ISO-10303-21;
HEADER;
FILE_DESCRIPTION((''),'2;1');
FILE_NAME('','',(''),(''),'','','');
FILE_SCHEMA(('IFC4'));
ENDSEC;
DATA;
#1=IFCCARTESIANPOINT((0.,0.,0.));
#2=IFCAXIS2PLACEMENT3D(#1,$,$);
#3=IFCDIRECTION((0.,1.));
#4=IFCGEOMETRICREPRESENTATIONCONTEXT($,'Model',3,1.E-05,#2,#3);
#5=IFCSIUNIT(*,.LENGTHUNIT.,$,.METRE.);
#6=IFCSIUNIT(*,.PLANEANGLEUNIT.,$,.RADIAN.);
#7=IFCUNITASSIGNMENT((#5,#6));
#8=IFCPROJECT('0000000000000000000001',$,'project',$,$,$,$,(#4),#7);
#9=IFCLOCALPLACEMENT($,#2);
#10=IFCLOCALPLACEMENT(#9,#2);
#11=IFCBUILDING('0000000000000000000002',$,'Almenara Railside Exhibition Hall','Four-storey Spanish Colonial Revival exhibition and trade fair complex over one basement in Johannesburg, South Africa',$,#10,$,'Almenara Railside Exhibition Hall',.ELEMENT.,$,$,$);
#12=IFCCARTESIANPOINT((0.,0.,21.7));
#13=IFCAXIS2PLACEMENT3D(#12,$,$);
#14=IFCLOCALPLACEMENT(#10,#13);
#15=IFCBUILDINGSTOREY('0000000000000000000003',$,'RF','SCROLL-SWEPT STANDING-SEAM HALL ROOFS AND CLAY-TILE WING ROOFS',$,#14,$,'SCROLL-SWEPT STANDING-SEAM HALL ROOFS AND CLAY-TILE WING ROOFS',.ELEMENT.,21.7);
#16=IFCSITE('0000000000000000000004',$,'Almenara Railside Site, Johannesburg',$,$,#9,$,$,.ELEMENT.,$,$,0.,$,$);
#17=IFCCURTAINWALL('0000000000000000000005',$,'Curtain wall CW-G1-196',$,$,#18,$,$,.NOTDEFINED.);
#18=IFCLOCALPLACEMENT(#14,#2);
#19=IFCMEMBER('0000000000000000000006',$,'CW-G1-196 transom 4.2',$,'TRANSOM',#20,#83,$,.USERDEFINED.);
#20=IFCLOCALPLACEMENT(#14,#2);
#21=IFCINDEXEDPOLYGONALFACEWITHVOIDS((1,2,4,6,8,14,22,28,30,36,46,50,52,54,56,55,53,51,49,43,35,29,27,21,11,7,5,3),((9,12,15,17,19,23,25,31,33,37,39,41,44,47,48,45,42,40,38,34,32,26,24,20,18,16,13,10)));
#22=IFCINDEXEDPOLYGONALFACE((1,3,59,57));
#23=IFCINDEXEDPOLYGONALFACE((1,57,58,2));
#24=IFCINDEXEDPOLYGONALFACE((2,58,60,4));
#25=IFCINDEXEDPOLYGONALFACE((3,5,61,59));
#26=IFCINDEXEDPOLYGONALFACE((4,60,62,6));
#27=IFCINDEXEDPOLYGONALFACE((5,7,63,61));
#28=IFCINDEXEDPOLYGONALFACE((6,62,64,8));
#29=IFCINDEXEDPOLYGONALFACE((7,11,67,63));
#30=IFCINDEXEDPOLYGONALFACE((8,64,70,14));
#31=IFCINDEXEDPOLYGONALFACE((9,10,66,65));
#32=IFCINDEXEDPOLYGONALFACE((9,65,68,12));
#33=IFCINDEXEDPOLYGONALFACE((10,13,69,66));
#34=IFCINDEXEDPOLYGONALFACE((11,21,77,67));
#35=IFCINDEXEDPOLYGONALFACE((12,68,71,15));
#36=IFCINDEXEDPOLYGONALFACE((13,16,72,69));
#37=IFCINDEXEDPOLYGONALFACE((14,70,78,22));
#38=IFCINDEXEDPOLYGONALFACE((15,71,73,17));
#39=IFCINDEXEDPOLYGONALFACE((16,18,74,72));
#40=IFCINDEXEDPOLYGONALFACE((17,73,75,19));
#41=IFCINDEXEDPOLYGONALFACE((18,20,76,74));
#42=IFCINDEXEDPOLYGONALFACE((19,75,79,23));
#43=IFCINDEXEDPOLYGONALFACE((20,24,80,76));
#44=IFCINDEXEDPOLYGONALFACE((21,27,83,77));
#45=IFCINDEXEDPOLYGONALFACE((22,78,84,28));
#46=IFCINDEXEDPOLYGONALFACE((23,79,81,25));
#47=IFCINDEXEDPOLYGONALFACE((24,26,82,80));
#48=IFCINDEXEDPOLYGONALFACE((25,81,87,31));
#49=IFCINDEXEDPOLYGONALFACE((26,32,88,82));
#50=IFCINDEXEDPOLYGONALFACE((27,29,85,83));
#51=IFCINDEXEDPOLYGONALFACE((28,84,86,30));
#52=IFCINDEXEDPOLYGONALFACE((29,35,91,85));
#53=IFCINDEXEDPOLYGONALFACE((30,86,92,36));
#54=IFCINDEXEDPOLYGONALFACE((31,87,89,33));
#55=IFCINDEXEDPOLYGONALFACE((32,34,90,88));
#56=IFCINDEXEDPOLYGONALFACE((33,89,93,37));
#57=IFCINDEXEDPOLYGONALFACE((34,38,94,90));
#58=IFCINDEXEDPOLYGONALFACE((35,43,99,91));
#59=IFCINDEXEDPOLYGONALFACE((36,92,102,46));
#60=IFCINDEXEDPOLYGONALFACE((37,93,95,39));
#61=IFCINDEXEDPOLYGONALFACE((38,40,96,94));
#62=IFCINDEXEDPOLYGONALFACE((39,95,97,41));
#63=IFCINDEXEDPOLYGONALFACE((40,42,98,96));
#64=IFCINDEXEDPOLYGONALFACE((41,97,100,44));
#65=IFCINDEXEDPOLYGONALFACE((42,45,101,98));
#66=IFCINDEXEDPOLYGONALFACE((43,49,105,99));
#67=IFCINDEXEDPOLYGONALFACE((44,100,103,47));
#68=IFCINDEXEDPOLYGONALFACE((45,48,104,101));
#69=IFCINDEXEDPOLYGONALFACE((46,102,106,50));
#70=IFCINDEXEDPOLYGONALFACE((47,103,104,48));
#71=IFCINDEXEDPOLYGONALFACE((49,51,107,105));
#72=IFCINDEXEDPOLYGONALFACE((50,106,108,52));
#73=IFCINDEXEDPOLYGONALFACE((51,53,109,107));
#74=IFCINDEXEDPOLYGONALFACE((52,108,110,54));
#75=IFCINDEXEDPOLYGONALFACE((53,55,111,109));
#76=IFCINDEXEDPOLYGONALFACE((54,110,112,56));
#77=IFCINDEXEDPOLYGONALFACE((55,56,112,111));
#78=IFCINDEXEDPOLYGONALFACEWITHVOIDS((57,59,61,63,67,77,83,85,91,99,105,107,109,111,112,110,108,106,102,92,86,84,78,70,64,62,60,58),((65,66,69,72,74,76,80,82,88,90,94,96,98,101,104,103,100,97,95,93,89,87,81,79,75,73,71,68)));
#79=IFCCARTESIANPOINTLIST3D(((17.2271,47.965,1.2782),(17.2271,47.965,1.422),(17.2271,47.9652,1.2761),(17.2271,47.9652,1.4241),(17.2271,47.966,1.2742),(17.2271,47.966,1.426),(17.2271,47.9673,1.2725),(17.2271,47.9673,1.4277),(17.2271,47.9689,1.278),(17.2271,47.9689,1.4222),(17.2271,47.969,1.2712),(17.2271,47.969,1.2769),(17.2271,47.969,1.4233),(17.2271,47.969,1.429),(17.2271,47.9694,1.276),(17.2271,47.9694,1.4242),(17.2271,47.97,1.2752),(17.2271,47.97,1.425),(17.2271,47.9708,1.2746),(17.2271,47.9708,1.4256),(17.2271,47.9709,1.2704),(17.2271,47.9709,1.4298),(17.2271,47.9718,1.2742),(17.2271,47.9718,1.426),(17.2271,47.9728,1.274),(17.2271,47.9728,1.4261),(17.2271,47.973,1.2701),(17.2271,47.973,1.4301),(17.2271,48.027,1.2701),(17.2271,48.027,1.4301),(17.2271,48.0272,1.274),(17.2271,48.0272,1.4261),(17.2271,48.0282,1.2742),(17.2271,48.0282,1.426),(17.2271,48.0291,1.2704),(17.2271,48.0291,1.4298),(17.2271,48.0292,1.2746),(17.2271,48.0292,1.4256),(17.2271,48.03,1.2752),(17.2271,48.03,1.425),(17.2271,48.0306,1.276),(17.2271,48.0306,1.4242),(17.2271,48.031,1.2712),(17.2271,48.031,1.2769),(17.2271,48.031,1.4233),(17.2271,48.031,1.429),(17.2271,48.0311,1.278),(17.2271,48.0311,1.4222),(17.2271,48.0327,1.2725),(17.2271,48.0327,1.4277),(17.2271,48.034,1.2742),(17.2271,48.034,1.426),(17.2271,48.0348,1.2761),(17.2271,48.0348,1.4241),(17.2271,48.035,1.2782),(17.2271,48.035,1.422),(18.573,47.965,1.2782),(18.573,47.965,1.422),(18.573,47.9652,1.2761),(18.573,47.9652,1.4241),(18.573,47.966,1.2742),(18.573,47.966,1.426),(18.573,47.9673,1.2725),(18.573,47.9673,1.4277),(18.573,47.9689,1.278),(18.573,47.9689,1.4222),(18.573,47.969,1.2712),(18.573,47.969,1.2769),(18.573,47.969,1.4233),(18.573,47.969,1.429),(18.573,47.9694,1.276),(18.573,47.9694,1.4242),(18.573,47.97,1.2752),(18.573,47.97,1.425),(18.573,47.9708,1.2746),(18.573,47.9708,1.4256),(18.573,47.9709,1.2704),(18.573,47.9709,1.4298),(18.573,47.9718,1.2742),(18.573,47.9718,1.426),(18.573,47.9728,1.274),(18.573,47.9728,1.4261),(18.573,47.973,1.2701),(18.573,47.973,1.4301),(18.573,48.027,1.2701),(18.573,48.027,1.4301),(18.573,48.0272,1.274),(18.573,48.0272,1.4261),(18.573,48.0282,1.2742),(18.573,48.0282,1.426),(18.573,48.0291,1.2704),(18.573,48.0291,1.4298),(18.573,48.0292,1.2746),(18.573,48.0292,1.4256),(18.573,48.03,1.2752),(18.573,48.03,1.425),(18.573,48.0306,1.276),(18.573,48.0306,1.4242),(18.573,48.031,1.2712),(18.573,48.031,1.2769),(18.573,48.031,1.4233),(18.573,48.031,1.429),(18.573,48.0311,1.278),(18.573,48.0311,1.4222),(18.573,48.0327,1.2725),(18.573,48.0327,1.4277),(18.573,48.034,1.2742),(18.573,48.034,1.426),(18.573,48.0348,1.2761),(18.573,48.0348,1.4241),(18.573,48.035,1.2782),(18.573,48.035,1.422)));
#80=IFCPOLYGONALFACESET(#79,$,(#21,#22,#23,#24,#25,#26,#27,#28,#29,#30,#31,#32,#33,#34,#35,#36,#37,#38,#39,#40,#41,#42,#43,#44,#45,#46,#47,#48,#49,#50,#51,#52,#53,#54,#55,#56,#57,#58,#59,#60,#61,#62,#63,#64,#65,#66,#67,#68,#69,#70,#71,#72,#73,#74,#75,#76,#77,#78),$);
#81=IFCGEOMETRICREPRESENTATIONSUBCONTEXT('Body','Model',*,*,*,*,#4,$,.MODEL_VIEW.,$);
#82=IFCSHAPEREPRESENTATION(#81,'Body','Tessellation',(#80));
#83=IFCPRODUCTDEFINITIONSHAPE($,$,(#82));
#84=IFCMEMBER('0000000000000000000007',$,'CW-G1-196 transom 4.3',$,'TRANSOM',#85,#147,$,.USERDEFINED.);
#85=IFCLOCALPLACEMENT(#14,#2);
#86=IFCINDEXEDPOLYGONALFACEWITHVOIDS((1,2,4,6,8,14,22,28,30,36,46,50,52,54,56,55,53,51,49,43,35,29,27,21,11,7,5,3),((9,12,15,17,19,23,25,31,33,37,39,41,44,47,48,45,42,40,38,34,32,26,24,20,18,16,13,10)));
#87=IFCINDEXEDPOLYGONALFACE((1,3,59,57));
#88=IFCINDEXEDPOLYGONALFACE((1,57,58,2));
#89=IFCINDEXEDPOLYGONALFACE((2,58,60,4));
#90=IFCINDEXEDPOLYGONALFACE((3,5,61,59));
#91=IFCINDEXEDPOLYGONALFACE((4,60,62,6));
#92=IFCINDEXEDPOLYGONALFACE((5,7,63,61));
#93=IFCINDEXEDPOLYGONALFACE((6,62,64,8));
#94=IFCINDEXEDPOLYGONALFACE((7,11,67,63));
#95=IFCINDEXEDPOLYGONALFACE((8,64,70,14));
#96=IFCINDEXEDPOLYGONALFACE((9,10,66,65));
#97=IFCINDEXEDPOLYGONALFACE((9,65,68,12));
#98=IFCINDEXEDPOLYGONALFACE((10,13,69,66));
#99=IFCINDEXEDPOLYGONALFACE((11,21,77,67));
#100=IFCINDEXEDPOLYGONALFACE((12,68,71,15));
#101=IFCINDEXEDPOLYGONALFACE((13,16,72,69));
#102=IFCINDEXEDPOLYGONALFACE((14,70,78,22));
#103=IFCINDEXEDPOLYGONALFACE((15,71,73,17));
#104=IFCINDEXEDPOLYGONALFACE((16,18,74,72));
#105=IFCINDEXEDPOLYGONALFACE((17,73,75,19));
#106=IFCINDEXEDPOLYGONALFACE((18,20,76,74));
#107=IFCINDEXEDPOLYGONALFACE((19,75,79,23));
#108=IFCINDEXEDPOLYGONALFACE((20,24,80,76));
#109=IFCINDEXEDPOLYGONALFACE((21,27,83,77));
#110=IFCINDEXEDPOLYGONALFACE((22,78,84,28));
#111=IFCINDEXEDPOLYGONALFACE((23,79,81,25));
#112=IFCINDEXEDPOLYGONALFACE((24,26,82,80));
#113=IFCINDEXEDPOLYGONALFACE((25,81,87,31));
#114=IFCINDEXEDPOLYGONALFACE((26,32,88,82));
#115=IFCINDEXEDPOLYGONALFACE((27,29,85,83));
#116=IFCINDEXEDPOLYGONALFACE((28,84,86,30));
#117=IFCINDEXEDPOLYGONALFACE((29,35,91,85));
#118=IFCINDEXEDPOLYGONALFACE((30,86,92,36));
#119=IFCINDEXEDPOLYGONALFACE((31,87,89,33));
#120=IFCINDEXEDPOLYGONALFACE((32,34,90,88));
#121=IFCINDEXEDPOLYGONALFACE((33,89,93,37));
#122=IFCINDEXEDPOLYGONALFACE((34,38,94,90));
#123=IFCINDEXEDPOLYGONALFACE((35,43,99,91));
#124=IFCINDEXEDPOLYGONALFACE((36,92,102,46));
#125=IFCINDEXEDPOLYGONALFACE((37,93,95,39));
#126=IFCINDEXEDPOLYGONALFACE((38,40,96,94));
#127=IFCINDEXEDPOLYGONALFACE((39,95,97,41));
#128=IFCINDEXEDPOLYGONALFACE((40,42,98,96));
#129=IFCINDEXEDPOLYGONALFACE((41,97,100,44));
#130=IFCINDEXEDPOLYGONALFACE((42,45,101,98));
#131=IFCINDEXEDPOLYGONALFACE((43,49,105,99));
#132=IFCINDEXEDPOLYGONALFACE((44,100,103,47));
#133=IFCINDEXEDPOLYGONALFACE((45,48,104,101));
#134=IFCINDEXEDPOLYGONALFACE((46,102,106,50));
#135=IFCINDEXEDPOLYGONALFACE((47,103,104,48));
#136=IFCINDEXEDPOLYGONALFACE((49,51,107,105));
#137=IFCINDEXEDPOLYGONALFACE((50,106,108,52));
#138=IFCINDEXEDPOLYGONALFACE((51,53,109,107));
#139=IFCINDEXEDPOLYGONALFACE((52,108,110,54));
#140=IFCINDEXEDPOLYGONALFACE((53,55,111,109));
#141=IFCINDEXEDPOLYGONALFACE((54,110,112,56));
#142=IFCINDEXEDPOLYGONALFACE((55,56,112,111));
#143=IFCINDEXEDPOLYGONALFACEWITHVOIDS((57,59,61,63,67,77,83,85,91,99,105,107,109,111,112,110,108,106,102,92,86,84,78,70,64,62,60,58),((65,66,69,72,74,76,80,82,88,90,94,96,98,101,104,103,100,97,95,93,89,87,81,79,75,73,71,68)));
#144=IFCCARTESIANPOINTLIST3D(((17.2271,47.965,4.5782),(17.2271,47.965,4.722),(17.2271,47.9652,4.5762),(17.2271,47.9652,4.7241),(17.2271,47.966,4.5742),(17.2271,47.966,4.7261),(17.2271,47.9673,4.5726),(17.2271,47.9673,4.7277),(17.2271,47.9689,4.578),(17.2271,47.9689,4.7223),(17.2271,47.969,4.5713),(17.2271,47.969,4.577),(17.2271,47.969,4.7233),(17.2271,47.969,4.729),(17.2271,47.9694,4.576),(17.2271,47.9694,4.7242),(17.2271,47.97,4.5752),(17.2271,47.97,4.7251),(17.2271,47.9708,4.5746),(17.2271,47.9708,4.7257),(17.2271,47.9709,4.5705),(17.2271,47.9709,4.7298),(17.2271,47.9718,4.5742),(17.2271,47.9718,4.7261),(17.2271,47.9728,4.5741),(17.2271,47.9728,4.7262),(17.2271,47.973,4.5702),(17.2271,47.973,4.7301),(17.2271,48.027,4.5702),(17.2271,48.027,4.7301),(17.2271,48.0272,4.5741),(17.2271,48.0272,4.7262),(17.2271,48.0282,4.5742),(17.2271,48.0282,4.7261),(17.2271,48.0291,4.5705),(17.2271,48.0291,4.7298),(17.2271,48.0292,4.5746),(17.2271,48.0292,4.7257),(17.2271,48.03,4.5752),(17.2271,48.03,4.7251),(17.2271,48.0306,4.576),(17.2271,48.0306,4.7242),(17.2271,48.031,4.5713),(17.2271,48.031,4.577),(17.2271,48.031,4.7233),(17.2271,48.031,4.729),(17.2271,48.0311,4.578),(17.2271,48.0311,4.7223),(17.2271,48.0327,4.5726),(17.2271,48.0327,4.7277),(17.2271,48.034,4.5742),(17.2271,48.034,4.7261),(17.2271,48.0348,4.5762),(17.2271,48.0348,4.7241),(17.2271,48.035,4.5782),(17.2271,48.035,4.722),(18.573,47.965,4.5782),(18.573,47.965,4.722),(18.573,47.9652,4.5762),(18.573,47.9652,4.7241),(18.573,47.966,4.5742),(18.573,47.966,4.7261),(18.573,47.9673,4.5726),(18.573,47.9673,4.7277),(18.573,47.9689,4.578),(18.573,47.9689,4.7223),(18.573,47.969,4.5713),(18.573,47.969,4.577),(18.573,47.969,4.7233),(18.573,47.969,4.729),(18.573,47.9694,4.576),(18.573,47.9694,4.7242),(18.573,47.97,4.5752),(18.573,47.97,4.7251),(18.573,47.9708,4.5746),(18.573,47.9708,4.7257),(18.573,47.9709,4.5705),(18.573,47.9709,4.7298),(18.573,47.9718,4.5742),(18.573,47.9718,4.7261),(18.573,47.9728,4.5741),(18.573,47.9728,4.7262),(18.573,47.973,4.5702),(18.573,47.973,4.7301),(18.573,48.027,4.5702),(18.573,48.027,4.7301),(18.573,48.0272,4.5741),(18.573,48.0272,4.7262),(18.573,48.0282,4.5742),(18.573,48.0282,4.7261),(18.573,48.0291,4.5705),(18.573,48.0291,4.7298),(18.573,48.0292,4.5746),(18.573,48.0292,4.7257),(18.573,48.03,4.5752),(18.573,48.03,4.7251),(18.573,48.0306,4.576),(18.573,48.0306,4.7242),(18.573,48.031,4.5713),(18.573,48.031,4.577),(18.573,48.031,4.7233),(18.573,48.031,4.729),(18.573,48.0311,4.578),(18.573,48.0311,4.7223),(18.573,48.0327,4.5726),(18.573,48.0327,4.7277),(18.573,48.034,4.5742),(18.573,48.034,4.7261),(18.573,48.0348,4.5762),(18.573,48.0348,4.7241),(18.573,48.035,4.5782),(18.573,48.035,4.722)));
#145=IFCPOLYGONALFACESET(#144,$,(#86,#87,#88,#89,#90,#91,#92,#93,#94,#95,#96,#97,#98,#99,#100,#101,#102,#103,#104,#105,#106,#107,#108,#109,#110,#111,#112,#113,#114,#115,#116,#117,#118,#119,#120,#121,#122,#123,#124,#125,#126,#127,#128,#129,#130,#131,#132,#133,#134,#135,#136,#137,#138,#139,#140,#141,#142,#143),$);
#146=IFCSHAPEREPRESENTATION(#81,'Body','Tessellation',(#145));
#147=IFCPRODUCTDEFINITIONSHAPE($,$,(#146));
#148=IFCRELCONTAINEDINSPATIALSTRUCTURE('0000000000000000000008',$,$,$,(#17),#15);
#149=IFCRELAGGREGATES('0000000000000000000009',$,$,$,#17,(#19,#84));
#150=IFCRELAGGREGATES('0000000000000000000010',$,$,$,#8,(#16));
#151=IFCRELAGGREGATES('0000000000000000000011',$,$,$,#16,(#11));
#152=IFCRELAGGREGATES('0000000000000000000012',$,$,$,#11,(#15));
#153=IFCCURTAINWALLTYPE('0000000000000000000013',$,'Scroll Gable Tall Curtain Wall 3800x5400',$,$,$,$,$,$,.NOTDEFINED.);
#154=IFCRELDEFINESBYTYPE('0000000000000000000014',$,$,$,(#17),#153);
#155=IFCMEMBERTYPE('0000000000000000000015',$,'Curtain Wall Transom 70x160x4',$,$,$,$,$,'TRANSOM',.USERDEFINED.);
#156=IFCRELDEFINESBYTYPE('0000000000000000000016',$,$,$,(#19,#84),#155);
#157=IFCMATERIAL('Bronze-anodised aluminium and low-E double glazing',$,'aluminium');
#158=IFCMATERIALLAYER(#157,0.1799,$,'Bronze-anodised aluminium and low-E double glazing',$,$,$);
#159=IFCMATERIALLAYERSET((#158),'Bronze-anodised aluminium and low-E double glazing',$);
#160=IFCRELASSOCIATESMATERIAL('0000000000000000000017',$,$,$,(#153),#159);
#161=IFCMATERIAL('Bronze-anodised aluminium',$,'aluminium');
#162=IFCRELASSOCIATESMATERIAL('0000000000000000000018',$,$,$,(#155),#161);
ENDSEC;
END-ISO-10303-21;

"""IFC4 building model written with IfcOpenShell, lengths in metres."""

from ifc_helpers import new_model, si_unit, direction, frame, origin, origin_2d, place, context, subcontext, project, spatial, hollow_rectangle, extrude, material, layer, layer_set, material_profile, profile_set, type_object, element, aggregate, save


model = new_model("IFC4")

# Units and contexts
model_context = context("Model", 3, precision=1e-05, world=origin(), true_north=direction((0.0, 1.0)))
body_context = subcontext(model_context, "Body", "Model", "MODEL_VIEW")
ifc_project = project(units=[si_unit("LENGTHUNIT", "METRE"), si_unit("PLANEANGLEUNIT", "RADIAN")], contexts=[model_context])

# Site, building, storey
site_placement = place(None, origin())
site = spatial("IfcSite", under=ifc_project, at=site_placement, Name="Almenara Railside Site, Johannesburg", CompositionType="ELEMENT", RefElevation=0.0)
building_placement = place(site_placement, origin())
building = spatial("IfcBuilding", under=site, at=building_placement, Name="Almenara Railside Exhibition Hall", Description="Four-storey Spanish Colonial Revival exhibition and trade fair complex over one basement in Johannesburg, South Africa", LongName="Almenara Railside Exhibition Hall", CompositionType="ELEMENT")
storey_placement = place(building_placement, frame((0.0, 0.0, 21.7)))
storey = spatial("IfcBuildingStorey", under=building, at=storey_placement, Name="RF", Description="SCROLL-SWEPT STANDING-SEAM HALL ROOFS AND CLAY-TILE WING ROOFS", LongName="SCROLL-SWEPT STANDING-SEAM HALL ROOFS AND CLAY-TILE WING ROOFS", CompositionType="ELEMENT", Elevation=21.7)

# Curtain wall, members
ifc_material_1 = material(Name="Bronze-anodised aluminium and low-E double glazing", Category="aluminium")
ifc_layer_1 = layer(ifc_material_1, 0.1799, Name="Bronze-anodised aluminium and low-E double glazing")
ifc_layer_set_1 = layer_set([ifc_layer_1], Name="Bronze-anodised aluminium and low-E double glazing")
curtain_wall_type = type_object("IfcCurtainWallType", Name="Scroll Gable Tall Curtain Wall 3800x5400", PredefinedType="NOTDEFINED", material=ifc_layer_set_1)
curtain_wall_placement = place(storey_placement, origin())
curtain_wall = element("IfcCurtainWall", 1, at=curtain_wall_placement, inside=storey, type_object=curtain_wall_type, Name="Curtain wall CW-G1-196", PredefinedType="NOTDEFINED")
ifc_material_2 = material(Name="Bronze-anodised aluminium", Category="aluminium")
ifc_material_profile_1 = material_profile(ifc_material_2, hollow_rectangle(XDim=0.0701, YDim=0.1599, WallThickness=0.0039, InnerFilletRadius=0.0039, OuterFilletRadius=0.0081, at=origin_2d()), Name="ALU-TRN 70x160x4")
ifc_profile_set_1 = profile_set([ifc_material_profile_1], Name="Bronze-anodised aluminium")
member_type_1 = type_object("IfcMemberType", Name="Curtain Wall Transom 70x160x4", ElementType="TRANSOM", PredefinedType="USERDEFINED", material=ifc_profile_set_1)
member_1_placement = place(storey_placement, frame((17.2271, 48.0, 1.3501), z_axis=(1.0, 0.0, 0.0), x_axis=(0.0, 1.0, 0.0)))
member_1 = element("IfcMember", 2, at=member_1_placement, type_object=member_type_1, Name="CW-G1-196 transom 4.2", ObjectType="TRANSOM", PredefinedType="USERDEFINED", context=body_context, shape_type="SweptSolid", body=[
    extrude(hollow_rectangle(XDim=0.0701, YDim=0.1599, WallThickness=0.0039, InnerFilletRadius=0.0039, OuterFilletRadius=0.0081, at=origin_2d()), origin(), (0.0, 0.0, 1.0), 1.3459),
])
member_2_placement = place(storey_placement, frame((17.2271, 48.0, 4.6501), z_axis=(1.0, 0.0, 0.0), x_axis=(0.0, 1.0, 0.0)))
member_2 = element("IfcMember", 3, at=member_2_placement, type_object=member_type_1, Name="CW-G1-196 transom 4.3", ObjectType="TRANSOM", PredefinedType="USERDEFINED", context=body_context, shape_type="SweptSolid", body=[
    extrude(hollow_rectangle(XDim=0.0701, YDim=0.1599, WallThickness=0.0039, InnerFilletRadius=0.0039, OuterFilletRadius=0.0081, at=origin_2d()), origin(), (0.0, 0.0, 1.0), 1.3459),
])

aggregate(curtain_wall, [member_1, member_2])

save(model, "model.ifc")
